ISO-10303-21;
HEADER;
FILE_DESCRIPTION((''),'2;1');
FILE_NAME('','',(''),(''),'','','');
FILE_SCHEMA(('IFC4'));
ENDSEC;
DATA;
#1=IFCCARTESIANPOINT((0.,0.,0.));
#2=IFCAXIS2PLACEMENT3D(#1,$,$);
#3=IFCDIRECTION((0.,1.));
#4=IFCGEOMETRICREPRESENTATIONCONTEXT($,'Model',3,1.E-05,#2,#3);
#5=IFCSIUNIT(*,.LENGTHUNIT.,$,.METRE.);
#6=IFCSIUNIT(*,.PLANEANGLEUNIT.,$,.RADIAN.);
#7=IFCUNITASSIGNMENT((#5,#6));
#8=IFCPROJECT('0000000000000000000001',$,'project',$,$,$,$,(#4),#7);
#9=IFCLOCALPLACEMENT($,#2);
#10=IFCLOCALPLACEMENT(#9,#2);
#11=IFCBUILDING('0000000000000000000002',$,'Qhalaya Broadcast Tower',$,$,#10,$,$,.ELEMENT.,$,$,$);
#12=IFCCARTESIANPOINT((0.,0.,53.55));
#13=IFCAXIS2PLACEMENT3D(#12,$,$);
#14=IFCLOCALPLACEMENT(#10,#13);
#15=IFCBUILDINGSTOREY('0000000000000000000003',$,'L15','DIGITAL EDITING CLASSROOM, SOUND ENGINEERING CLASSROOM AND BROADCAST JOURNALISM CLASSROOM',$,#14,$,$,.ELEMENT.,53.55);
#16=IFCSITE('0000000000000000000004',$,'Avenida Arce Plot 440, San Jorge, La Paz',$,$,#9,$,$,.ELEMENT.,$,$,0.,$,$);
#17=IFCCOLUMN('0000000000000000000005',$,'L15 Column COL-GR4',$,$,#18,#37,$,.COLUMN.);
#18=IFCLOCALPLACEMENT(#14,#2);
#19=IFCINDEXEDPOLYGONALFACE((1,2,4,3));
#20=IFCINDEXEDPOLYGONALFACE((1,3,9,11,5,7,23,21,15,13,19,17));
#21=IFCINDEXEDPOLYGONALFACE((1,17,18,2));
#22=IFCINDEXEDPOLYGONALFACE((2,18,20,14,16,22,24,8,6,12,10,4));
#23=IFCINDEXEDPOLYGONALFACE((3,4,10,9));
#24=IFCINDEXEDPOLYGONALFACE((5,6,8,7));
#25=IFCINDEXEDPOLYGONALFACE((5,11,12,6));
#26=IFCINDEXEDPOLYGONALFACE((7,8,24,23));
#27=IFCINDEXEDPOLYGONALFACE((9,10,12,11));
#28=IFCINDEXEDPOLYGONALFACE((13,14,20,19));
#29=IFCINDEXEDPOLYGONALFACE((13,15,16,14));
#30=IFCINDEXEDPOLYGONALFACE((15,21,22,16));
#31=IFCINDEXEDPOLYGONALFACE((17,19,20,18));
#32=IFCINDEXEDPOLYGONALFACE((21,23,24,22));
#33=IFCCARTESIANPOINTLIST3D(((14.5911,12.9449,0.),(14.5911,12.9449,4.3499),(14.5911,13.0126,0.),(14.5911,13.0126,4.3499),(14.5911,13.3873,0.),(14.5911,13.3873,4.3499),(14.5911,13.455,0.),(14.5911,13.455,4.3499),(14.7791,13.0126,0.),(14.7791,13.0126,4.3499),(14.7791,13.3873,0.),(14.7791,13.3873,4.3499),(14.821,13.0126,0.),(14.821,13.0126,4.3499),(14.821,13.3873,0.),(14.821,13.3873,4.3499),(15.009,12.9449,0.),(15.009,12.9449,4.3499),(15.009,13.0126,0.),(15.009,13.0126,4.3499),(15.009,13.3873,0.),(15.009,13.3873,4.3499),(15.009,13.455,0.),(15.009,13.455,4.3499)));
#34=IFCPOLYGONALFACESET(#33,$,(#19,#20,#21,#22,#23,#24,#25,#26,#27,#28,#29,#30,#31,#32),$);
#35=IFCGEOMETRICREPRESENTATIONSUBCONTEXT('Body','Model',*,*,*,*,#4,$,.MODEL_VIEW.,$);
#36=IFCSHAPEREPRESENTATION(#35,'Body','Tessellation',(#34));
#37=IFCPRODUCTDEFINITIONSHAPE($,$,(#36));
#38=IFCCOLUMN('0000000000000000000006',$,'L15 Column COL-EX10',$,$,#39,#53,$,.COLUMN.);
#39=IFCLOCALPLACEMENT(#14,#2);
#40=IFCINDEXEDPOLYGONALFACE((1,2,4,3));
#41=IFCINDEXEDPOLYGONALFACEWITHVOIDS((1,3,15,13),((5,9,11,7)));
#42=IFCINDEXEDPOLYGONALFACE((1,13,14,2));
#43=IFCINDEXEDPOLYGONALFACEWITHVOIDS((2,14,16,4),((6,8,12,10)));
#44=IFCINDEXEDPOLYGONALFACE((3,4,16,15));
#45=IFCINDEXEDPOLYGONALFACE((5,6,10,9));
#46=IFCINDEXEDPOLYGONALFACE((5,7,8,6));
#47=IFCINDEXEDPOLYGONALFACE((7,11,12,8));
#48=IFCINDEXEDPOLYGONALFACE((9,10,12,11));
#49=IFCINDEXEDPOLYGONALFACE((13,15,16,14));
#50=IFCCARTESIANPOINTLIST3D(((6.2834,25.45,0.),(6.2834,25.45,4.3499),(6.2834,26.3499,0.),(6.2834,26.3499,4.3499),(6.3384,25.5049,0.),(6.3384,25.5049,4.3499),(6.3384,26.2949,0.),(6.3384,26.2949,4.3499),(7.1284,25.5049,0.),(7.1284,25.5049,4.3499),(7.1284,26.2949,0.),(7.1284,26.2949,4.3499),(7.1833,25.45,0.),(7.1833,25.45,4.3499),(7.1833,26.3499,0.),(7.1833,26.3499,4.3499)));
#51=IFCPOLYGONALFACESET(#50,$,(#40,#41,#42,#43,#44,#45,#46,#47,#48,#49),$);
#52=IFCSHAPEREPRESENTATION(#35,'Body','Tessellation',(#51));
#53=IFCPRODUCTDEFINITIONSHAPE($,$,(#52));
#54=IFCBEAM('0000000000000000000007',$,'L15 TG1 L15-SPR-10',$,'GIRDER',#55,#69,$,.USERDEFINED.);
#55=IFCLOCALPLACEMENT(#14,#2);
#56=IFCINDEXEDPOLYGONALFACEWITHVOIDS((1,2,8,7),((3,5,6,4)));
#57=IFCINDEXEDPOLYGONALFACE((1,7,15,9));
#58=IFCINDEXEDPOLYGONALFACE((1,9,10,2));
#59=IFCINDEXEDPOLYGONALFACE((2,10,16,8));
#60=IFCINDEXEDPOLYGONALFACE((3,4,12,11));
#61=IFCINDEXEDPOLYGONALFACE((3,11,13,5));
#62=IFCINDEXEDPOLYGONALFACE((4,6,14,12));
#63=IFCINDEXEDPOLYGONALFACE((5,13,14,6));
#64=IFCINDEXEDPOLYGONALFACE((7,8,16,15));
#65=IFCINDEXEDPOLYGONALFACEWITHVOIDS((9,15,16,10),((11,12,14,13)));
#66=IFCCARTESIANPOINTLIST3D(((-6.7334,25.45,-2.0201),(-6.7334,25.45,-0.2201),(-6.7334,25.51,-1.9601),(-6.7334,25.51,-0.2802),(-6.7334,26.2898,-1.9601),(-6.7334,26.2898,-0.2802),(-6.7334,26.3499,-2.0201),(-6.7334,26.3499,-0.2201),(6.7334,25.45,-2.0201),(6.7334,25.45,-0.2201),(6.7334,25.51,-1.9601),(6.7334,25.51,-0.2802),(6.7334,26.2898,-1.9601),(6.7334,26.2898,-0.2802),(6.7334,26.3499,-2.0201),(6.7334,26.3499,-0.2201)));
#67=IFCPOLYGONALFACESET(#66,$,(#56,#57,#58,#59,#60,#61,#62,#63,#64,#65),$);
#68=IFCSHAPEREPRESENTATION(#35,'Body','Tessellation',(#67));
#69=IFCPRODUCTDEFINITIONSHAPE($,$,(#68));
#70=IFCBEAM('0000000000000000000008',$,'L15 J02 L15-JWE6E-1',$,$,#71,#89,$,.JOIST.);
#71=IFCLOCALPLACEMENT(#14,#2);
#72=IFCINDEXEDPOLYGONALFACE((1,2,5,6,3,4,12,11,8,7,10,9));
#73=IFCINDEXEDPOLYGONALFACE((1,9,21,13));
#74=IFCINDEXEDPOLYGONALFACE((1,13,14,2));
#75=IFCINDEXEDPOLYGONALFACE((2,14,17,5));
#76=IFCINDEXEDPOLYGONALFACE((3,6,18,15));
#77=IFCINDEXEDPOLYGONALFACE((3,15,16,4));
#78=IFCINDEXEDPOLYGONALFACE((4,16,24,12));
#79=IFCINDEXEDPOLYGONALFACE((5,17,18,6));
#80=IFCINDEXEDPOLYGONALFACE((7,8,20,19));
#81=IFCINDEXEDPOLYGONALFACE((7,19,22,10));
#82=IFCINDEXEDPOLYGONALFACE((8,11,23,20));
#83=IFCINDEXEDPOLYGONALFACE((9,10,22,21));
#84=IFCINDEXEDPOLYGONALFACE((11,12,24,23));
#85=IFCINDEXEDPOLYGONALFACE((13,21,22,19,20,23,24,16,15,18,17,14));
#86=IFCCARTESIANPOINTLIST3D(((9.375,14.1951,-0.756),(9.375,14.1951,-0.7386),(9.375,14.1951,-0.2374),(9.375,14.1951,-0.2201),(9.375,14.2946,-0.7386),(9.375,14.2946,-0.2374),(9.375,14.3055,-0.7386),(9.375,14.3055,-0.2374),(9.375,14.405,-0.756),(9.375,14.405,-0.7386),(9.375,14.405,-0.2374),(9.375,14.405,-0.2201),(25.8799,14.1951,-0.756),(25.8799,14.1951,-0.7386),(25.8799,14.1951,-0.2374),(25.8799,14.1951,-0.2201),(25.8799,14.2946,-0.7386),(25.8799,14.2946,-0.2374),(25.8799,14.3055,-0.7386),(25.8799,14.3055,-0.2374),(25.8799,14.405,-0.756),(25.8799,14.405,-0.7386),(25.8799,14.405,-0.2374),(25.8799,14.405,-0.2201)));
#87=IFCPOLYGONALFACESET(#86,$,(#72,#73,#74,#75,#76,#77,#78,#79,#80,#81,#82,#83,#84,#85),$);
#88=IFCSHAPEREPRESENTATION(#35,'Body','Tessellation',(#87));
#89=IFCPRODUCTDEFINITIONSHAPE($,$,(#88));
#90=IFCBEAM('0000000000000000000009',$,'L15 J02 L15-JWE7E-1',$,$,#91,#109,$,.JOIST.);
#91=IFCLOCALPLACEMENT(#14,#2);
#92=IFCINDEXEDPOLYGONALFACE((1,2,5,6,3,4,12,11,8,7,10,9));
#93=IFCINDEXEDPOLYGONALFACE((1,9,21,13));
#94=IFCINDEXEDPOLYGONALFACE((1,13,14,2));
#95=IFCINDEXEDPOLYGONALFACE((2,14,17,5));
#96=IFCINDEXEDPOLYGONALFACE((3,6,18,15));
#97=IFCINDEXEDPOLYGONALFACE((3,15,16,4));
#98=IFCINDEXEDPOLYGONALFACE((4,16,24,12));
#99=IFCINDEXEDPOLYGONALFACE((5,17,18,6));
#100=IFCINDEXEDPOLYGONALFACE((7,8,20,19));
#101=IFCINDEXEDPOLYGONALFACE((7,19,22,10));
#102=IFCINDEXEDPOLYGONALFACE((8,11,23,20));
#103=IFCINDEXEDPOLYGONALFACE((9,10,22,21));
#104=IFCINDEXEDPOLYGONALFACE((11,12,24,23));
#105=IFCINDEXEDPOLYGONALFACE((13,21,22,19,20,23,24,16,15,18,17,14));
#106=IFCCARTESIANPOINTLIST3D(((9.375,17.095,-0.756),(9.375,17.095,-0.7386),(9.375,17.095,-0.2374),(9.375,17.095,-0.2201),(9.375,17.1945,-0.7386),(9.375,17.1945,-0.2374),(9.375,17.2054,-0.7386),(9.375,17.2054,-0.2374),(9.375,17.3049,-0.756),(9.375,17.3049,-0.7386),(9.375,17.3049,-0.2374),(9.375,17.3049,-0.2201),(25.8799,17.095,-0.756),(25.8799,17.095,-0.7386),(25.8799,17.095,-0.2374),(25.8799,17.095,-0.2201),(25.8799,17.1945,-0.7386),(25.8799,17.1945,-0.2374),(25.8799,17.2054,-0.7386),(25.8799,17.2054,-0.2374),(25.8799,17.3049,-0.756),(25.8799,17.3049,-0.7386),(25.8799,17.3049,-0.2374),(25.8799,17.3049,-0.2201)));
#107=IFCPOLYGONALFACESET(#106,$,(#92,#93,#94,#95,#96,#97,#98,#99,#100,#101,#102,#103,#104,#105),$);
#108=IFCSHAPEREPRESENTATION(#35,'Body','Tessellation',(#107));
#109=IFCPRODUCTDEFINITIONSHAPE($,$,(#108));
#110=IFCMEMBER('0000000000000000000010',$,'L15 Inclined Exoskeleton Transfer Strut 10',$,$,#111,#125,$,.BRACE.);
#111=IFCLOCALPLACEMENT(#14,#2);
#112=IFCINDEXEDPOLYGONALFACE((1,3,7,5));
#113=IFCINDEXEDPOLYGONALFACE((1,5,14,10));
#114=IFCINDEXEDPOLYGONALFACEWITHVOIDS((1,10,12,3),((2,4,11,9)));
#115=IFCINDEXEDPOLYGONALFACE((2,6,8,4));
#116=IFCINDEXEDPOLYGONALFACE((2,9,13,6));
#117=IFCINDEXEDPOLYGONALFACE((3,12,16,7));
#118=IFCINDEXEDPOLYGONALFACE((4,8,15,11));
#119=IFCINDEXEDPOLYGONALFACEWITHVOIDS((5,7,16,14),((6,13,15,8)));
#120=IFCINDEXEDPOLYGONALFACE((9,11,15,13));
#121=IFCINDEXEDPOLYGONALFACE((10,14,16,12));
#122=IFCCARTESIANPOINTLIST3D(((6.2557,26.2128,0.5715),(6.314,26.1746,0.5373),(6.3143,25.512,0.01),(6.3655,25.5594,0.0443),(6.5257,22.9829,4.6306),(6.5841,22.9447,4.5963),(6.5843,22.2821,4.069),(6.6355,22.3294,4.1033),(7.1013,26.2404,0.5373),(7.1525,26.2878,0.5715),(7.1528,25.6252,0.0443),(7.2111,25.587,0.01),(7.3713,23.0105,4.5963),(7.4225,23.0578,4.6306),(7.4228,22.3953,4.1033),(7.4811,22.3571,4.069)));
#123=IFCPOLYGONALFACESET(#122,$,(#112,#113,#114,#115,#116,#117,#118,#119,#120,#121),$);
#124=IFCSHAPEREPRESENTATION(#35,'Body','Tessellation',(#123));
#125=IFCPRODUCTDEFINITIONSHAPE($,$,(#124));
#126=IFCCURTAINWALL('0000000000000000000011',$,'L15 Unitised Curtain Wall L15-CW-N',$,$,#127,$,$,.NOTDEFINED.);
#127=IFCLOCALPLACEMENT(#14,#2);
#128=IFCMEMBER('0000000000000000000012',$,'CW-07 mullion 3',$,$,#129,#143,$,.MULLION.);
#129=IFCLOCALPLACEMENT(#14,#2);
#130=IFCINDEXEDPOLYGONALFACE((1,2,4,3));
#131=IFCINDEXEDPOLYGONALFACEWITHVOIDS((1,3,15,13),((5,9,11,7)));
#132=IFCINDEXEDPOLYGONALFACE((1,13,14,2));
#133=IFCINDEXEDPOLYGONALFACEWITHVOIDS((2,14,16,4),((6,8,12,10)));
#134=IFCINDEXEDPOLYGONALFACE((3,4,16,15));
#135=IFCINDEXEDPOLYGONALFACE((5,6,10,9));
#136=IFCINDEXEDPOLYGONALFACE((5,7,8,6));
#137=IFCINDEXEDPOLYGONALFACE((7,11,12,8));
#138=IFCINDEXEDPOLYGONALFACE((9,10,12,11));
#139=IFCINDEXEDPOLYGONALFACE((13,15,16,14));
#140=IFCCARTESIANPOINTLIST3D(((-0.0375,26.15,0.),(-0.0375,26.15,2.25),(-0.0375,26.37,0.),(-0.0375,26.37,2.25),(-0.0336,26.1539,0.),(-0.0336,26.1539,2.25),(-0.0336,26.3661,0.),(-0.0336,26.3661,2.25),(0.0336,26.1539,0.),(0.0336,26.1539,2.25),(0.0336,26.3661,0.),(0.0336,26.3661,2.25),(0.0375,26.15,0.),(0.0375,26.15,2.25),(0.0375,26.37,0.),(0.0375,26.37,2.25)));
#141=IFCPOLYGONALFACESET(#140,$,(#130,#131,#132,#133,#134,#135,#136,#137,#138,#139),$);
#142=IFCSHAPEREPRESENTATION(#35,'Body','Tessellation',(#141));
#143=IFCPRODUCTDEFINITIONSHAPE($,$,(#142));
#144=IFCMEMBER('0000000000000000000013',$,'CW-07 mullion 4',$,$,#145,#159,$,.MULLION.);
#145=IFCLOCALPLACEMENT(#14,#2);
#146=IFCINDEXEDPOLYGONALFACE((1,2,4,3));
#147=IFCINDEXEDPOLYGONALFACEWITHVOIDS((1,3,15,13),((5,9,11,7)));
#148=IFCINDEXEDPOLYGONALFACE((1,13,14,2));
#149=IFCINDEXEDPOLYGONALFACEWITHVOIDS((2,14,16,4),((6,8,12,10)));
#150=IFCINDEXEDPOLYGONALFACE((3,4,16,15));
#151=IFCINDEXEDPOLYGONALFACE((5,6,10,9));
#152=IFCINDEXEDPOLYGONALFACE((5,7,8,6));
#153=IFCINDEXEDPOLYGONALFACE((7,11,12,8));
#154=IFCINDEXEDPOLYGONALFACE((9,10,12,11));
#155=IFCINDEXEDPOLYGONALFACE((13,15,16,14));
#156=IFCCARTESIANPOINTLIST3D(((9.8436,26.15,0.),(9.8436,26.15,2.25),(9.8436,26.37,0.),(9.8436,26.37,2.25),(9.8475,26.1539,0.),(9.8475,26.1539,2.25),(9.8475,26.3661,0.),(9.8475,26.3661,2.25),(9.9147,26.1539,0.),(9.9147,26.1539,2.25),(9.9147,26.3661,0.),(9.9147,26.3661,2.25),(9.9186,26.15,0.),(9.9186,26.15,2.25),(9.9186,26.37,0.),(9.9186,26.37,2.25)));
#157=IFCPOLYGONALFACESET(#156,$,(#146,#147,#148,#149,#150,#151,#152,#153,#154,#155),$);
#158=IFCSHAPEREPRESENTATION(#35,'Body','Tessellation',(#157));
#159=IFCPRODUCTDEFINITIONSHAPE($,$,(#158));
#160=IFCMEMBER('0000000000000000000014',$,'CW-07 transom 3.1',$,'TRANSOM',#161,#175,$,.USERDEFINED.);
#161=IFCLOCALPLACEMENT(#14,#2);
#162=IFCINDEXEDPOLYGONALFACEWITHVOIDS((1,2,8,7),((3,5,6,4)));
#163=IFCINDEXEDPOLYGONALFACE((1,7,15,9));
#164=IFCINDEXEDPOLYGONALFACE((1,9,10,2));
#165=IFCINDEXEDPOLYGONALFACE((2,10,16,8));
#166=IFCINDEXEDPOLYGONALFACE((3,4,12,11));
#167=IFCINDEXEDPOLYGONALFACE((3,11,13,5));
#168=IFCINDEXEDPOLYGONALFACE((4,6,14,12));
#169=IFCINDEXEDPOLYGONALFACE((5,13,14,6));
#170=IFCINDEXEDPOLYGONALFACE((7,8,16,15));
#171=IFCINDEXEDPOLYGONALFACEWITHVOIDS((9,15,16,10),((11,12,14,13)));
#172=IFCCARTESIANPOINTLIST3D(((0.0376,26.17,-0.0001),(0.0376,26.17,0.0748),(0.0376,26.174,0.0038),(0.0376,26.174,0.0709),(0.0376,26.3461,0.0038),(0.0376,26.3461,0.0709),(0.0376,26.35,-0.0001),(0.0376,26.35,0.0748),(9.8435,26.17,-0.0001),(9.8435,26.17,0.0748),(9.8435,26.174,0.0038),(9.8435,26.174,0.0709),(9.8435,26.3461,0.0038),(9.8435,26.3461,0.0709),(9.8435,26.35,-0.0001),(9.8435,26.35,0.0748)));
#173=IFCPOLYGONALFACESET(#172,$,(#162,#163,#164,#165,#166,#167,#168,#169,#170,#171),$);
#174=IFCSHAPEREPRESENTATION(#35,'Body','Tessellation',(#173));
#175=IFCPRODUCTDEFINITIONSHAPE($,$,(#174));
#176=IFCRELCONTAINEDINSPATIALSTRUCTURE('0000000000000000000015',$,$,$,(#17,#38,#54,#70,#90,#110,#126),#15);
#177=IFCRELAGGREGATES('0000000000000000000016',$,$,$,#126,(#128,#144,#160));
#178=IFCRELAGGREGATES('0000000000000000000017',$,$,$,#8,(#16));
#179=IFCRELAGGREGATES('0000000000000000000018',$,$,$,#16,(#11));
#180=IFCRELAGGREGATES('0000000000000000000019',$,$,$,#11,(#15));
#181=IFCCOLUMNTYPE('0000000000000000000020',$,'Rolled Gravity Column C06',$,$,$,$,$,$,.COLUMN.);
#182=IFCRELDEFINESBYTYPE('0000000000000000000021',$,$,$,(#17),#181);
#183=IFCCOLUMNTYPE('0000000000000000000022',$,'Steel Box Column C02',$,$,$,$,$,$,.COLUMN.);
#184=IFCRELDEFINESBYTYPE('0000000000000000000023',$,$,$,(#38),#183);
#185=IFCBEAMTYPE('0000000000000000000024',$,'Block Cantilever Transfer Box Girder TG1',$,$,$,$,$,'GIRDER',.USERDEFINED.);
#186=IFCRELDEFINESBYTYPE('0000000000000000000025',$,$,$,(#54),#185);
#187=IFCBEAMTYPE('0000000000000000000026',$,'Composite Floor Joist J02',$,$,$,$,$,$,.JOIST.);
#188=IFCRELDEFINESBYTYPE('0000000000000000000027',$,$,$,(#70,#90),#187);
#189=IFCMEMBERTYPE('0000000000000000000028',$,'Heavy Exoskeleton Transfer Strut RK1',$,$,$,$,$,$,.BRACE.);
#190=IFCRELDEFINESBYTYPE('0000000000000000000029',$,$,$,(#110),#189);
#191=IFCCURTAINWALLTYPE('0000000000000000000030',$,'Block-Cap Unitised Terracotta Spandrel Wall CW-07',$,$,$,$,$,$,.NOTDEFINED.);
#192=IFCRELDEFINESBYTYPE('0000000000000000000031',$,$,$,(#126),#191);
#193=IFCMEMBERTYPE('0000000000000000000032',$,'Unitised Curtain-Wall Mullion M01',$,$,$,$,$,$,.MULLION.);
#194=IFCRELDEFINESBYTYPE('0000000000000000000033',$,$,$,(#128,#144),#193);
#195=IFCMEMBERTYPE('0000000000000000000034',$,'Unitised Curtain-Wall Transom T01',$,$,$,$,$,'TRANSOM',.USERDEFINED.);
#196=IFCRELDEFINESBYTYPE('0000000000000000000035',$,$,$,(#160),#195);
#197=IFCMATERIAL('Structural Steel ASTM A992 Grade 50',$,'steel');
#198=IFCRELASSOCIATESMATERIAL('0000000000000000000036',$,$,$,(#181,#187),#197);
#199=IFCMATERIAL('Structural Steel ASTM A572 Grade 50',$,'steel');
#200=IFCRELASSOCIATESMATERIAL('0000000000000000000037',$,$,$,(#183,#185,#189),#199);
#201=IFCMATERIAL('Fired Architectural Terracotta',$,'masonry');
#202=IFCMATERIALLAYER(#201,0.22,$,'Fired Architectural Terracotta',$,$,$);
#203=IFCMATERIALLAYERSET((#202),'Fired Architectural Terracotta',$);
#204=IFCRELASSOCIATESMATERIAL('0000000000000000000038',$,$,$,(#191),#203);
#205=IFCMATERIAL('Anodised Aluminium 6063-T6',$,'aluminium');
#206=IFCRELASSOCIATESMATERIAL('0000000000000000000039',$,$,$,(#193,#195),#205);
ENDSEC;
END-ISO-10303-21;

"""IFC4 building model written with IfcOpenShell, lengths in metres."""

from ifc_helpers import new_model, si_unit, direction, frame, origin, origin_2d, place, context, subcontext, project, spatial, hollow_rectangle, i_section, extrude, material, layer, layer_set, material_profile, profile_set, type_object, element, aggregate, save


model = new_model("IFC4")

# Units and contexts
model_context = context("Model", 3, precision=1e-05, world=origin(), true_north=direction((0.0, 1.0)))
body_context = subcontext(model_context, "Body", "Model", "MODEL_VIEW")
ifc_project = project(units=[si_unit("LENGTHUNIT", "METRE"), si_unit("PLANEANGLEUNIT", "RADIAN")], contexts=[model_context])

# Site, building, storey
site_placement = place(None, origin())
site = spatial("IfcSite", under=ifc_project, at=site_placement, Name="Avenida Arce Plot 440, San Jorge, La Paz", CompositionType="ELEMENT", RefElevation=0.0)
building_placement = place(site_placement, origin())
building = spatial("IfcBuilding", under=site, at=building_placement, Name="Qhalaya Broadcast Tower", CompositionType="ELEMENT")
storey_placement = place(building_placement, frame((0.0, 0.0, 53.55)))
storey = spatial("IfcBuildingStorey", under=building, at=storey_placement, Name="L15", Description="DIGITAL EDITING CLASSROOM, SOUND ENGINEERING CLASSROOM AND BROADCAST JOURNALISM CLASSROOM", CompositionType="ELEMENT", Elevation=53.55)

# Columns
ifc_material_1 = material(Name="Structural Steel ASTM A992 Grade 50", Category="steel")
ifc_material_profile_1 = material_profile(ifc_material_1, i_section(OverallWidth=0.418, OverallDepth=0.51, WebThickness=0.042, FlangeThickness=0.0676, at=origin_2d()), Name="W14X370")
ifc_profile_set_1 = profile_set([ifc_material_profile_1], Name="Structural Steel ASTM A992 Grade 50")
column_type_1 = type_object("IfcColumnType", Name="Rolled Gravity Column C06", PredefinedType="COLUMN", material=ifc_profile_set_1)
column_1_placement = place(storey_placement, frame((14.8, 13.2, 0.0), z_axis=(0.0, 0.0, 1.0), x_axis=(1.0, 0.0, 0.0)))
element("IfcColumn", 1, at=column_1_placement, inside=storey, type_object=column_type_1, Name="L15 Column COL-GR4", PredefinedType="COLUMN", context=body_context, shape_type="SweptSolid", body=[
    extrude(i_section(OverallWidth=0.418, OverallDepth=0.51, WebThickness=0.042, FlangeThickness=0.0676, at=origin_2d()), origin(), (0.0, 0.0, 1.0), 4.3499),
])
ifc_material_2 = material(Name="Structural Steel ASTM A572 Grade 50", Category="steel")
ifc_material_profile_2 = material_profile(ifc_material_2, hollow_rectangle(XDim=0.8999, YDim=0.8999, WallThickness=0.0549, at=origin_2d()), Name="BOX 900x900x55")
ifc_profile_set_2 = profile_set([ifc_material_profile_2], Name="Structural Steel ASTM A572 Grade 50")
column_type_2 = type_object("IfcColumnType", Name="Steel Box Column C02", PredefinedType="COLUMN", material=ifc_profile_set_2)
column_2_placement = place(storey_placement, frame((6.7334, 25.8999, 0.0), z_axis=(0.0, 0.0, 1.0), x_axis=(1.0, 0.0, 0.0)))
element("IfcColumn", 2, at=column_2_placement, inside=storey, type_object=column_type_2, Name="L15 Column COL-EX10", PredefinedType="COLUMN", context=body_context, shape_type="SweptSolid", body=[
    extrude(hollow_rectangle(XDim=0.8999, YDim=0.8999, WallThickness=0.0549, at=origin_2d()), origin(), (0.0, 0.0, 1.0), 4.3499),
])

# Beams
ifc_material_profile_3 = material_profile(ifc_material_2, hollow_rectangle(XDim=0.8999, YDim=1.8, WallThickness=0.0601, at=origin_2d()), Name="BOX 900x1800x60")
ifc_profile_set_3 = profile_set([ifc_material_profile_3], Name="Structural Steel ASTM A572 Grade 50")
beam_type_1 = type_object("IfcBeamType", Name="Block Cantilever Transfer Box Girder TG1", ElementType="GIRDER", PredefinedType="USERDEFINED", material=ifc_profile_set_3)
beam_placement = place(storey_placement, frame((6.7334, 25.8999, -1.1201), z_axis=(-1.0, 0.0, 0.0), x_axis=(0.0, -1.0, 0.0)))
element("IfcBeam", 3, at=beam_placement, inside=storey, type_object=beam_type_1, Name="L15 TG1 L15-SPR-10", ObjectType="GIRDER", PredefinedType="USERDEFINED", context=body_context, shape_type="SweptSolid", body=[
    extrude(hollow_rectangle(XDim=0.8999, YDim=1.8, WallThickness=0.0601, at=origin_2d()), origin(), (0.0, 0.0, 1.0), 13.4668),
])
ifc_material_profile_4 = material_profile(ifc_material_1, i_section(OverallWidth=0.21, OverallDepth=0.5359, WebThickness=0.011, FlangeThickness=0.0173, at=origin_2d()), Name="W21X68")
ifc_profile_set_4 = profile_set([ifc_material_profile_4], Name="Structural Steel ASTM A992 Grade 50")
beam_type_2 = type_object("IfcBeamType", Name="Composite Floor Joist J02", PredefinedType="JOIST", material=ifc_profile_set_4)
for number, where, z_axis, x_axis, name in (
    (4, (9.375, 14.3, -0.488), (1.0, 0.0, 0.0), (0.0, 1.0, 0.0), "L15 J02 L15-JWE6E-1"),
    (5, (9.375, 17.2, -0.488), (1.0, 0.0, 0.0), (0.0, 1.0, 0.0), "L15 J02 L15-JWE7E-1"),
):
    element("IfcBeam", number, at=place(storey_placement, frame(where, z_axis=z_axis, x_axis=x_axis)), inside=storey, type_object=beam_type_2, Name=name, PredefinedType="JOIST", context=body_context, shape_type="SweptSolid", body=[
        extrude(i_section(OverallWidth=0.21, OverallDepth=0.5359, WebThickness=0.011, FlangeThickness=0.0173, at=origin_2d()), origin(), (0.0, 0.0, 1.0), 16.5049),
    ])

# Member
ifc_material_profile_5 = material_profile(ifc_material_2, hollow_rectangle(XDim=0.8999, YDim=0.8999, WallThickness=0.0549, at=origin_2d()), Name="BOX 900x900x55")
ifc_profile_set_5 = profile_set([ifc_material_profile_5], Name="Structural Steel ASTM A572 Grade 50")
member_type_1 = type_object("IfcMemberType", Name="Heavy Exoskeleton Transfer Strut RK1", PredefinedType="BRACE", material=ifc_profile_set_5)
member_1_placement = place(storey_placement, frame((6.7334, 25.8999, 0.2908), z_axis=(0.051983, -0.621819, 0.781434), x_axis=(0.996524, 0.083307, 0.0)))
element("IfcMember", 6, at=member_1_placement, inside=storey, type_object=member_type_1, Name="L15 Inclined Exoskeleton Transfer Strut 10", PredefinedType="BRACE", context=body_context, shape_type="SweptSolid", body=[
    extrude(hollow_rectangle(XDim=0.8999, YDim=0.8999, WallThickness=0.0549, at=origin_2d()), origin(), (0.0, 0.0, 1.0), 5.1943),
])

# Curtain wall, members
ifc_material_3 = material(Name="Fired Architectural Terracotta", Category="masonry")
ifc_layer_1 = layer(ifc_material_3, 0.22, Name="Fired Architectural Terracotta")
ifc_layer_set_1 = layer_set([ifc_layer_1], Name="Fired Architectural Terracotta")
curtain_wall_type = type_object("IfcCurtainWallType", Name="Block-Cap Unitised Terracotta Spandrel Wall CW-07", PredefinedType="NOTDEFINED", material=ifc_layer_set_1)
curtain_wall_placement = place(storey_placement, origin())
curtain_wall = element("IfcCurtainWall", 7, at=curtain_wall_placement, inside=storey, type_object=curtain_wall_type, Name="L15 Unitised Curtain Wall L15-CW-N", PredefinedType="NOTDEFINED")
ifc_material_4 = material(Name="Anodised Aluminium 6063-T6", Category="aluminium")
ifc_material_profile_6 = material_profile(ifc_material_4, hollow_rectangle(XDim=0.075, YDim=0.22, WallThickness=0.0039, at=origin_2d()), Name="ALU-MUL 75x220x4")
ifc_profile_set_6 = profile_set([ifc_material_profile_6], Name="Anodised Aluminium 6063-T6")
member_type_2 = type_object("IfcMemberType", Name="Unitised Curtain-Wall Mullion M01", PredefinedType="MULLION", material=ifc_profile_set_6)
member_2_placement = place(storey_placement, frame((0.0, 26.26, 0.0), z_axis=(0.0, 0.0, 1.0), x_axis=(1.0, 0.0, 0.0)))
member_2 = element("IfcMember", 8, at=member_2_placement, type_object=member_type_2, Name="CW-07 mullion 3", PredefinedType="MULLION", context=body_context, shape_type="SweptSolid", body=[
    extrude(hollow_rectangle(XDim=0.075, YDim=0.22, WallThickness=0.0039, at=origin_2d()), origin(), (0.0, 0.0, 1.0), 2.25),
])
member_3_placement = place(storey_placement, frame((9.8811, 26.26, 0.0), z_axis=(0.0, 0.0, 1.0), x_axis=(1.0, 0.0, 0.0)))
member_3 = element("IfcMember", 9, at=member_3_placement, type_object=member_type_2, Name="CW-07 mullion 4", PredefinedType="MULLION", context=body_context, shape_type="SweptSolid", body=[
    extrude(hollow_rectangle(XDim=0.075, YDim=0.22, WallThickness=0.0039, at=origin_2d()), origin(), (0.0, 0.0, 1.0), 2.25),
])
ifc_material_profile_7 = material_profile(ifc_material_4, hollow_rectangle(XDim=0.075, YDim=0.1799, WallThickness=0.0039, at=origin_2d()), Name="ALU-TRN 75x180x4")
ifc_profile_set_7 = profile_set([ifc_material_profile_7], Name="Anodised Aluminium 6063-T6")
member_type_3 = type_object("IfcMemberType", Name="Unitised Curtain-Wall Transom T01", ElementType="TRANSOM", PredefinedType="USERDEFINED", material=ifc_profile_set_7)
member_4_placement = place(storey_placement, frame((0.0376, 26.26, 0.0374), z_axis=(1.0, 0.0, 0.0), x_axis=(0.0, 0.0, 1.0)))
member_4 = element("IfcMember", 10, at=member_4_placement, type_object=member_type_3, Name="CW-07 transom 3.1", ObjectType="TRANSOM", PredefinedType="USERDEFINED", context=body_context, shape_type="SweptSolid", body=[
    extrude(hollow_rectangle(XDim=0.075, YDim=0.1799, WallThickness=0.0039, at=origin_2d()), origin(), (0.0, 0.0, 1.0), 9.8059),
])

aggregate(curtain_wall, [member_2, member_3, member_4])

save(model, "model.ifc")
